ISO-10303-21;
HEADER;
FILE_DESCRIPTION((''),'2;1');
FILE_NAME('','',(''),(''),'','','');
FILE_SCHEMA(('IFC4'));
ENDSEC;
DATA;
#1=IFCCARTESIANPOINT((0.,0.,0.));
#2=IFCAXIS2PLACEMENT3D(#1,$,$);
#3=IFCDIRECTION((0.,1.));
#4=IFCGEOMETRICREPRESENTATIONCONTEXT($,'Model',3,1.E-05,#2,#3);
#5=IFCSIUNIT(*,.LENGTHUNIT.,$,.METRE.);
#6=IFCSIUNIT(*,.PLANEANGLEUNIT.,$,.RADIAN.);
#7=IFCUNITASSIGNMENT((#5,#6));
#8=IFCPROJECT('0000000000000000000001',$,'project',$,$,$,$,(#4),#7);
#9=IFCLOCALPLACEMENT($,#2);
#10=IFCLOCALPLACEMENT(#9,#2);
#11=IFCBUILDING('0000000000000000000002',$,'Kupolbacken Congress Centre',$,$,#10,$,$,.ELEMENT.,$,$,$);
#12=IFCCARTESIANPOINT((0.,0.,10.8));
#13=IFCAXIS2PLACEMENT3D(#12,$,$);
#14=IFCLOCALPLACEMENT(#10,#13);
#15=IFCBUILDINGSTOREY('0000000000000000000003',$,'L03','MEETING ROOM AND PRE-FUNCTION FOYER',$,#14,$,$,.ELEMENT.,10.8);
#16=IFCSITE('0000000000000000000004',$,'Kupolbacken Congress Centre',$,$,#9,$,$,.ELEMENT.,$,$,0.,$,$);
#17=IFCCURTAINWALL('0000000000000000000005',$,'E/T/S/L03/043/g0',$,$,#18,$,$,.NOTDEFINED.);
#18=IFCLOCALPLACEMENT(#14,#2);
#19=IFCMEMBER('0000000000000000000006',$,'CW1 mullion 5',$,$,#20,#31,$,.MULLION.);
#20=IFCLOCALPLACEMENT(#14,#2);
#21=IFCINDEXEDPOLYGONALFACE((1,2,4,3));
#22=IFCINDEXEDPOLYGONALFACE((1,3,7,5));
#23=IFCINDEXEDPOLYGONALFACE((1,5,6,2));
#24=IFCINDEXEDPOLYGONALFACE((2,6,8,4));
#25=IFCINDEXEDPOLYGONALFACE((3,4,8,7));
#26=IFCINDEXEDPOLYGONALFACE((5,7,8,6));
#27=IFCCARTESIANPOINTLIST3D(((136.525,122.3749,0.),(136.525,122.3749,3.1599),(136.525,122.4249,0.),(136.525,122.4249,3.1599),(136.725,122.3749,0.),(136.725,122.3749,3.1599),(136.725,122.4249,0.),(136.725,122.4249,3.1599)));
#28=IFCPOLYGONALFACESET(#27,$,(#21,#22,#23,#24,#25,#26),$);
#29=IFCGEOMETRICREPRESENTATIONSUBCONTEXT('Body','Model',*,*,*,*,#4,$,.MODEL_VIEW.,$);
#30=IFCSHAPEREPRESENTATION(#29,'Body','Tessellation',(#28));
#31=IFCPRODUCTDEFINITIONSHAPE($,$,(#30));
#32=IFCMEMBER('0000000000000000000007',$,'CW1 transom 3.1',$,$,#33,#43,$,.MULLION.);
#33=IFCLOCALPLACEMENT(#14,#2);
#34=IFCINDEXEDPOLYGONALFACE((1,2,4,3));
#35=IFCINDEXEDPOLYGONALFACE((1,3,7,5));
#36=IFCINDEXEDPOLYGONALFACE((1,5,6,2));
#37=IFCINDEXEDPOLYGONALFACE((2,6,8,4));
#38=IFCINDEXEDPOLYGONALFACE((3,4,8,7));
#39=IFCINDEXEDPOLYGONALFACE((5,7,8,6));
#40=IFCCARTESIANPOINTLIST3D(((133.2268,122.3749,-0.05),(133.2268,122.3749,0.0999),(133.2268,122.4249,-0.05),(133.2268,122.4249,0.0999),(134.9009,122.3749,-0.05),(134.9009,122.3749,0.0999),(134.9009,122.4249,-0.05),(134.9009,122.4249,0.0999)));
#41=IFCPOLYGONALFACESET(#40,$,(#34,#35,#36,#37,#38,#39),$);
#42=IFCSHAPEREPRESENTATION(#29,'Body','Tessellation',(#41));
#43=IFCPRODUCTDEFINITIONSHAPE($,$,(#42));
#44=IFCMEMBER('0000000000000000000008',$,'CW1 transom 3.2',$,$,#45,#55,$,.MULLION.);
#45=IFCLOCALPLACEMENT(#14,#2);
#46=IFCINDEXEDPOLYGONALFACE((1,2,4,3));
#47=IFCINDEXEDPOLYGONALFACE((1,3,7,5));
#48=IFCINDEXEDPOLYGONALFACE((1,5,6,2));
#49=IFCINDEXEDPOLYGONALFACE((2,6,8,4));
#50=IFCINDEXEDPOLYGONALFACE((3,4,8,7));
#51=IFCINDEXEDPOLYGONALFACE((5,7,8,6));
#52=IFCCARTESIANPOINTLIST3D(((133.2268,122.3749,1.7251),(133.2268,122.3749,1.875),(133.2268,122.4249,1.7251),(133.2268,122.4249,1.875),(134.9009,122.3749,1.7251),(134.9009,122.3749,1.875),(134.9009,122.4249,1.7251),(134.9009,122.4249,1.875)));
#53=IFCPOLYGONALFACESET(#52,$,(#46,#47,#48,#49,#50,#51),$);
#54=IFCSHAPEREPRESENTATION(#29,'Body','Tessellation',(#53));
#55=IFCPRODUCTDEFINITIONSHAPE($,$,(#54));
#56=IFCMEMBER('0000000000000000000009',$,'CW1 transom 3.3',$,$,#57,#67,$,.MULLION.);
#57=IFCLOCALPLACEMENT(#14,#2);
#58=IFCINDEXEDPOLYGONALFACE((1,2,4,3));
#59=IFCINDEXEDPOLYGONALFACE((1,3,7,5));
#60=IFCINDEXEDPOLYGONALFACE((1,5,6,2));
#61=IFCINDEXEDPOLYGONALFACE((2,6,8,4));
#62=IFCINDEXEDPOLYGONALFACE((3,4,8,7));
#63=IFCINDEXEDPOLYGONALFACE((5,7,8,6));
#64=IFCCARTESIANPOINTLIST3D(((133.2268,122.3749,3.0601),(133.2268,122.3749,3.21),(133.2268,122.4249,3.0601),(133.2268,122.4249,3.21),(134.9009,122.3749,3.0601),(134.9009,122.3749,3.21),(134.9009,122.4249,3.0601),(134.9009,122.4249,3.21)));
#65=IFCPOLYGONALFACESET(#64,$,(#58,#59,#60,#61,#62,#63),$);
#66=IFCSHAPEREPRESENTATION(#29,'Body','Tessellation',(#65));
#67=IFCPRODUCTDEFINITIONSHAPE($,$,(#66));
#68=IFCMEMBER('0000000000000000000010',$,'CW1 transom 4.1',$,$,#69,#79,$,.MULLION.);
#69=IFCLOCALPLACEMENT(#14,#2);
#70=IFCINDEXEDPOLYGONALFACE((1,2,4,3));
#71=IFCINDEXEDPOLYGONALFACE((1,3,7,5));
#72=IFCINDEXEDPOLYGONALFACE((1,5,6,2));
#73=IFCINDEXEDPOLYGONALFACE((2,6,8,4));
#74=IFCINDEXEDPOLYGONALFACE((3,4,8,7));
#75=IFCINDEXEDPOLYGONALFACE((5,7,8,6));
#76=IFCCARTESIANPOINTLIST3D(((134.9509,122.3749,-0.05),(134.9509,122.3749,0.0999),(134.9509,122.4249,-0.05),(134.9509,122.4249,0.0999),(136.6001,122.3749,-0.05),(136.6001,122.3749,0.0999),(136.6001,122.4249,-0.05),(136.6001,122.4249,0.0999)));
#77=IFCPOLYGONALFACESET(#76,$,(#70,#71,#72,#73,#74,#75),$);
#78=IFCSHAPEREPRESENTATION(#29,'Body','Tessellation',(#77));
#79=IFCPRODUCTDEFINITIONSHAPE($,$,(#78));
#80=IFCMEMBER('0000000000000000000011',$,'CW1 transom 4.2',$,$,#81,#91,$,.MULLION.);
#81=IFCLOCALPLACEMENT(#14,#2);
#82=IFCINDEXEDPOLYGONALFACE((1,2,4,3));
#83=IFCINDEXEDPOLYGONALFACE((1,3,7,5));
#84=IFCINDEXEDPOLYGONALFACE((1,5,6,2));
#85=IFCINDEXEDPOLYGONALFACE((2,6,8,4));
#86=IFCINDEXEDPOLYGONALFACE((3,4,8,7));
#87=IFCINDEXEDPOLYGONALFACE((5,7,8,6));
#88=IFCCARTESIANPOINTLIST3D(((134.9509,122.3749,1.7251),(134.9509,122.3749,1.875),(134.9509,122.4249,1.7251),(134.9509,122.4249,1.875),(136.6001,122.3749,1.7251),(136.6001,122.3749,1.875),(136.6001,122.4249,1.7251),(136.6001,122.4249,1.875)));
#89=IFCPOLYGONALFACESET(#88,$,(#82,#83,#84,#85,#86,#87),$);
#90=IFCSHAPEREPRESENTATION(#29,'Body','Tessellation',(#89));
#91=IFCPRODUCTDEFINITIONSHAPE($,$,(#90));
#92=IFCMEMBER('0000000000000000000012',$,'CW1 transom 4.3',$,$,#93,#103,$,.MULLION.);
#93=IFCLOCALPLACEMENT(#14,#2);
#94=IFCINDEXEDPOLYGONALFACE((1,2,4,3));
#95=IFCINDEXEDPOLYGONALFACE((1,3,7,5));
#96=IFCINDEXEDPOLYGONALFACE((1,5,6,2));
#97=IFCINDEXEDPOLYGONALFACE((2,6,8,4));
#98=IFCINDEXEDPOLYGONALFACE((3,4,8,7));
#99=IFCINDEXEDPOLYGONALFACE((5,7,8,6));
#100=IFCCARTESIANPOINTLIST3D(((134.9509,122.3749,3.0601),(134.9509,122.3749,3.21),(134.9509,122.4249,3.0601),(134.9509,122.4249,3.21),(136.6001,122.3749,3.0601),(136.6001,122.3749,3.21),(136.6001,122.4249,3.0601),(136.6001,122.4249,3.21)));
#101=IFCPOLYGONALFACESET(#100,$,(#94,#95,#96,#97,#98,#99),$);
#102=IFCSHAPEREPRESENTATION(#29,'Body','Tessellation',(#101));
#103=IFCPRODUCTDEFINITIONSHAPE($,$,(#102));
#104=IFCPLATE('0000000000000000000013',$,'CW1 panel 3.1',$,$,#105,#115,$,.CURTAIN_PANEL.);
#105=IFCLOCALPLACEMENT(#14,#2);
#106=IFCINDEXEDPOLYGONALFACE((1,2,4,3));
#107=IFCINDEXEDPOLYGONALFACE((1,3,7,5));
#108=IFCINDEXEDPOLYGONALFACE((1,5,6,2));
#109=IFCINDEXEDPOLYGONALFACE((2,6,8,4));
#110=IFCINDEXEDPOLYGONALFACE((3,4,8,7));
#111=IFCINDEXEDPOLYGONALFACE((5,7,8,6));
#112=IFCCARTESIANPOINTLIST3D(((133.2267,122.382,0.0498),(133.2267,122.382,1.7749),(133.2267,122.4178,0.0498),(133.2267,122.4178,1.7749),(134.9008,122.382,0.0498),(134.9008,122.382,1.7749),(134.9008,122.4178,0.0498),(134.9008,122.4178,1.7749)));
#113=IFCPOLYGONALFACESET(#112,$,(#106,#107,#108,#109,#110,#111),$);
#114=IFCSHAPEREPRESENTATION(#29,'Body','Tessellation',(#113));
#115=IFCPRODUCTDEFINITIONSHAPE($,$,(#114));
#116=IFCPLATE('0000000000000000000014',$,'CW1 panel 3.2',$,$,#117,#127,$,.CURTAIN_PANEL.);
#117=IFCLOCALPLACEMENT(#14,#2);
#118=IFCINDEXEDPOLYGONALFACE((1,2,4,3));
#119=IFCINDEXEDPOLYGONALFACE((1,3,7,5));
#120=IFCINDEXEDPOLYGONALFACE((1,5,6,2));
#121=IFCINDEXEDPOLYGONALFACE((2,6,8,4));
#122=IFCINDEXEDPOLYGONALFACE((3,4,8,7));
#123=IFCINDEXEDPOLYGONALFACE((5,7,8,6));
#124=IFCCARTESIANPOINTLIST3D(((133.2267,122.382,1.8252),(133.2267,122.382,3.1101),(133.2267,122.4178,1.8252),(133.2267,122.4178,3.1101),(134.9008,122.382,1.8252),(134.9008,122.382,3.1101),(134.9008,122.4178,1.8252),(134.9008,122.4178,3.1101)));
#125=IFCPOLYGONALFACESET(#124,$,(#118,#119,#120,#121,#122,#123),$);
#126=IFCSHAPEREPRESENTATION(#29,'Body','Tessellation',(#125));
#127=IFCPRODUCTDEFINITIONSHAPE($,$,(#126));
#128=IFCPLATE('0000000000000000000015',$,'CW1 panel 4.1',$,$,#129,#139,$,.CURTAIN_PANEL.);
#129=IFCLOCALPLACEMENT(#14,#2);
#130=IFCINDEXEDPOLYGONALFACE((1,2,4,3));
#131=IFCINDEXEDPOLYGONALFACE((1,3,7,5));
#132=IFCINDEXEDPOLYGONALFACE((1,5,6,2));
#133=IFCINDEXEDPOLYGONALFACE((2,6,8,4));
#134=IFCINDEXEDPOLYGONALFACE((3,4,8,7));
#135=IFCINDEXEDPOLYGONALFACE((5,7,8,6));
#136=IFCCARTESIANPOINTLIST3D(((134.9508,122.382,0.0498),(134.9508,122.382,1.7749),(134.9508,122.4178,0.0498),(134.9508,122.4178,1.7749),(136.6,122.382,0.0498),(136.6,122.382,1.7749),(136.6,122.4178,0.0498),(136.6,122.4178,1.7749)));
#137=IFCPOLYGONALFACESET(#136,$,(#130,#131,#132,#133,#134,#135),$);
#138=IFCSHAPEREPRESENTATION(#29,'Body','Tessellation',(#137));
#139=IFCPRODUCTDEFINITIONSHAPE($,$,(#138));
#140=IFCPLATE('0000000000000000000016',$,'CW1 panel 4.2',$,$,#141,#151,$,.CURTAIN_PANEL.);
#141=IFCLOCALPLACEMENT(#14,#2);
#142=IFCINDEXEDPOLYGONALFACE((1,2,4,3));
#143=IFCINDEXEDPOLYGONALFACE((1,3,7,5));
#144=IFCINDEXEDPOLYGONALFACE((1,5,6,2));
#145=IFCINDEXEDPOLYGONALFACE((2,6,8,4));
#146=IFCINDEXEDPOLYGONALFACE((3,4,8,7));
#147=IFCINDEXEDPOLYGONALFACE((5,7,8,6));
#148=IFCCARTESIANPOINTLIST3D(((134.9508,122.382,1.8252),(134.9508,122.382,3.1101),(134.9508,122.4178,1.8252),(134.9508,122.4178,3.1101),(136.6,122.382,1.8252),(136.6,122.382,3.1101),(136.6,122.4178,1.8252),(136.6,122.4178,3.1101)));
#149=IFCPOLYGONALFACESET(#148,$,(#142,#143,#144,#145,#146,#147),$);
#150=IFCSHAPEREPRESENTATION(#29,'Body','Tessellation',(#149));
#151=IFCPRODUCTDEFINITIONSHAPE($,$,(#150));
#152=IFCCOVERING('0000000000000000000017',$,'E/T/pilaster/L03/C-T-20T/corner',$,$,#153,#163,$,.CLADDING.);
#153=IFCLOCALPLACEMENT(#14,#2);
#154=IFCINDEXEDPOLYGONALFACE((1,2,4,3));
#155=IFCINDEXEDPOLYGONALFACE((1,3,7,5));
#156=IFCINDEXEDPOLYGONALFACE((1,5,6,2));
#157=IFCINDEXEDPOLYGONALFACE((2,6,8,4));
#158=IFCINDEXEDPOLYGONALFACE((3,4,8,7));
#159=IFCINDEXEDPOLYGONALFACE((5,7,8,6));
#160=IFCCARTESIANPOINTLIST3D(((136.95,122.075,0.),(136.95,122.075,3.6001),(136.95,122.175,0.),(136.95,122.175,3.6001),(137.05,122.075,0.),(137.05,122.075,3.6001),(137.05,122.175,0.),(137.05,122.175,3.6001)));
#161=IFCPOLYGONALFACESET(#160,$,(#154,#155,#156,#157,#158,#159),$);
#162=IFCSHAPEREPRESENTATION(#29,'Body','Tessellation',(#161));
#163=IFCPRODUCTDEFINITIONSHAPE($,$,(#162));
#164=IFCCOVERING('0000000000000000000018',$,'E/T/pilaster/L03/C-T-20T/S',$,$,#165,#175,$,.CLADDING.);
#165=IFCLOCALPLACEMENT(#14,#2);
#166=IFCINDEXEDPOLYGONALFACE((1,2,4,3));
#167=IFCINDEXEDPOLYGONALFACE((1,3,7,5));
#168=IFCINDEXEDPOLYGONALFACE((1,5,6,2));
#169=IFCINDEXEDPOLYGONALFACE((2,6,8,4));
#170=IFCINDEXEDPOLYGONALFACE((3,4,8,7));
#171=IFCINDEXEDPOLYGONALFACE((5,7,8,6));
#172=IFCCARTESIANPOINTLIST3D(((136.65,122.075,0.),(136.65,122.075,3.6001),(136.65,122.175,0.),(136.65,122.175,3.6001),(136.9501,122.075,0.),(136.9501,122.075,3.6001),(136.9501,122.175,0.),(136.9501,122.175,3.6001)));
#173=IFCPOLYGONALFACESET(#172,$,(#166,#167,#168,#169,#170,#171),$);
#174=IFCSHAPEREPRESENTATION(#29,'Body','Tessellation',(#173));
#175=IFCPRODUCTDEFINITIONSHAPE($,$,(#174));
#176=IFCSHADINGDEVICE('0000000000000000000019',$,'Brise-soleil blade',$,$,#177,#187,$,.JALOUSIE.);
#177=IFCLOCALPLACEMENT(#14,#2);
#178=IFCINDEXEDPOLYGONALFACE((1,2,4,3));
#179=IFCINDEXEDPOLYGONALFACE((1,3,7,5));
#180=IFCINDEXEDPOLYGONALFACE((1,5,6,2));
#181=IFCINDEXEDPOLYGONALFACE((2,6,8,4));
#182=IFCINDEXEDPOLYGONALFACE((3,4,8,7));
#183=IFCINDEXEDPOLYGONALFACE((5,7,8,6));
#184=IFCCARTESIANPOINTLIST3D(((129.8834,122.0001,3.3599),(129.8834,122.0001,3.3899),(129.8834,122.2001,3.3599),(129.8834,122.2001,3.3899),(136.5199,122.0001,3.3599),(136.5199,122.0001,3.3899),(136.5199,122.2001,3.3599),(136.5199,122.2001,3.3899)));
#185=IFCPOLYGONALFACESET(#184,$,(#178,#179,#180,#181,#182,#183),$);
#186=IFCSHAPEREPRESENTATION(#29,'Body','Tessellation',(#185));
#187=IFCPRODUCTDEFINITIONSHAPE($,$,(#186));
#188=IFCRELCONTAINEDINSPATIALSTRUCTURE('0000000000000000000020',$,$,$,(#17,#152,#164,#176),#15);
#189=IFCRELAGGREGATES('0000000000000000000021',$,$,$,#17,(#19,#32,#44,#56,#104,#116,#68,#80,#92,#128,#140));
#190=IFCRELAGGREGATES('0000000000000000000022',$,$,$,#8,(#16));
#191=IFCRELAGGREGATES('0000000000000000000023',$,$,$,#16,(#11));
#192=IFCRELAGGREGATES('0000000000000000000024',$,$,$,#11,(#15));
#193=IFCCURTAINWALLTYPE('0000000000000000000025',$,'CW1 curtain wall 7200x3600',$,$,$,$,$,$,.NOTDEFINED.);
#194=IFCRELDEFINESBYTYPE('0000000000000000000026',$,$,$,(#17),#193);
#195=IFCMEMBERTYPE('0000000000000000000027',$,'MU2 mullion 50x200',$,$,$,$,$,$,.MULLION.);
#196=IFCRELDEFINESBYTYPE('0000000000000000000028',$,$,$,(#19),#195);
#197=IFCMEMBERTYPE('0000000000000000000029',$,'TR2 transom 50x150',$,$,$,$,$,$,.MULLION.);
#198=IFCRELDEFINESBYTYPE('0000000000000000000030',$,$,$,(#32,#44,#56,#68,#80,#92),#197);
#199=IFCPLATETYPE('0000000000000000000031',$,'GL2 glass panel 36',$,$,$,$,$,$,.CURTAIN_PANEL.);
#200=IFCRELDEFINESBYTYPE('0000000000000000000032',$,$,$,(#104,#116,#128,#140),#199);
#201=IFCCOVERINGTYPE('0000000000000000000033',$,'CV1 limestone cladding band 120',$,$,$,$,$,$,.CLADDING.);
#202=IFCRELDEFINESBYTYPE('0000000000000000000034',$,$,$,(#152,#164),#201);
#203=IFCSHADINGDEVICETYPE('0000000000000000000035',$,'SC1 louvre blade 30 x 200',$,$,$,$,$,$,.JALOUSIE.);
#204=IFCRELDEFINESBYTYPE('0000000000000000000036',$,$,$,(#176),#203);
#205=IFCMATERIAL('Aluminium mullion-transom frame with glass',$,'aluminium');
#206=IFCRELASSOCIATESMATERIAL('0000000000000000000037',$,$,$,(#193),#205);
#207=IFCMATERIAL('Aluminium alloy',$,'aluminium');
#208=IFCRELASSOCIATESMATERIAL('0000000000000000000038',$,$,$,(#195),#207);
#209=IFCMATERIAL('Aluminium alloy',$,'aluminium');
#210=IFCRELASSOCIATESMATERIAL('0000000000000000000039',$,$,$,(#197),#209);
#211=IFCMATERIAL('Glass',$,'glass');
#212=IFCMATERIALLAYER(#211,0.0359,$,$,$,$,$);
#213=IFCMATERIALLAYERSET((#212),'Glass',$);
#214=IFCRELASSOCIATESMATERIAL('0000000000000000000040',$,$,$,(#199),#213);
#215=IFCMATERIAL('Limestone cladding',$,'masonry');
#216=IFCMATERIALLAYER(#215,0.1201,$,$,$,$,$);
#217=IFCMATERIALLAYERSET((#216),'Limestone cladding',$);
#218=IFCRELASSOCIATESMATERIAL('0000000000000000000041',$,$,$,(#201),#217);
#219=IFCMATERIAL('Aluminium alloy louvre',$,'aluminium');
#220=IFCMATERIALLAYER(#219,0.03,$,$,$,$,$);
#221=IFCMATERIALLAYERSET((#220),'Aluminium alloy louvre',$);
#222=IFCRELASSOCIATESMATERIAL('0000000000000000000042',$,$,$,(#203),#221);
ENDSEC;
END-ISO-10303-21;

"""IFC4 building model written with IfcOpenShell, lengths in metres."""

from ifc_helpers import new_model, si_unit, direction, frame, origin, origin_2d, place, context, subcontext, project, spatial, rectangle, extrude, material, layer, layer_set, material_profile, profile_set, type_object, element, aggregate, save


model = new_model("IFC4")

# Units and contexts
model_context = context("Model", 3, precision=1e-05, world=origin(), true_north=direction((0.0, 1.0)))
body_context = subcontext(model_context, "Body", "Model", "MODEL_VIEW")
ifc_project = project(units=[si_unit("LENGTHUNIT", "METRE"), si_unit("PLANEANGLEUNIT", "RADIAN")], contexts=[model_context])

# Site, building, storey
site_placement = place(None, origin())
site = spatial("IfcSite", under=ifc_project, at=site_placement, Name="Kupolbacken Congress Centre", CompositionType="ELEMENT", RefElevation=0.0)
building_placement = place(site_placement, origin())
building = spatial("IfcBuilding", under=site, at=building_placement, Name="Kupolbacken Congress Centre", CompositionType="ELEMENT")
storey_placement = place(building_placement, frame((0.0, 0.0, 10.8)))
storey = spatial("IfcBuildingStorey", under=building, at=storey_placement, Name="L03", Description="MEETING ROOM AND PRE-FUNCTION FOYER", CompositionType="ELEMENT", Elevation=10.8)

# Shared definitions
ifc_material_1 = material(Name="Aluminium mullion-transom frame with glass", Category="aluminium")
curtain_wall_type = type_object("IfcCurtainWallType", Name="CW1 curtain wall 7200x3600", PredefinedType="NOTDEFINED", material=ifc_material_1)
ifc_material_2 = material(Name="Aluminium alloy", Category="aluminium")
ifc_material_profile_1 = material_profile(ifc_material_2, rectangle(XDim=0.05, YDim=0.2, at=origin_2d()), Name="50 x 200")
ifc_profile_set_1 = profile_set([ifc_material_profile_1], Name="Aluminium alloy")
member_type_1 = type_object("IfcMemberType", Name="MU2 mullion 50x200", PredefinedType="MULLION", material=ifc_profile_set_1)

# Curtain wall, members, plates
curtain_wall_1_placement = place(storey_placement, origin())
curtain_wall_1 = element("IfcCurtainWall", 1, at=curtain_wall_1_placement, inside=storey, type_object=curtain_wall_type, Name="E/T/S/L03/043/g0", PredefinedType="NOTDEFINED")
member_1_placement = place(storey_placement, frame((136.625, 122.3999, 0.0), z_axis=(0.0, 0.0, 1.0), x_axis=(0.0, 1.0, 0.0)))
member_1 = element("IfcMember", 2, at=member_1_placement, type_object=member_type_1, Name="CW1 mullion 5", PredefinedType="MULLION", context=body_context, shape_type="SweptSolid", body=[
    extrude(rectangle(XDim=0.05, YDim=0.2, at=origin_2d()), origin(), (0.0, 0.0, 1.0), 3.1599),
])
ifc_material_3 = material(Name="Aluminium alloy", Category="aluminium")
ifc_material_profile_2 = material_profile(ifc_material_3, rectangle(XDim=0.05, YDim=0.1499, at=origin_2d()), Name="50 x 150")
ifc_profile_set_2 = profile_set([ifc_material_profile_2], Name="Aluminium alloy")
member_type_2 = type_object("IfcMemberType", Name="TR2 transom 50x150", PredefinedType="MULLION", material=ifc_profile_set_2)
member_2_placement = place(storey_placement, frame((133.2268, 122.3999, 0.0249), z_axis=(1.0, 0.0, 0.0), x_axis=(0.0, 1.0, 0.0)))
member_2 = element("IfcMember", 3, at=member_2_placement, type_object=member_type_2, Name="CW1 transom 3.1", PredefinedType="MULLION", context=body_context, shape_type="SweptSolid", body=[
    extrude(rectangle(XDim=0.05, YDim=0.1499, at=origin_2d()), origin(), (0.0, 0.0, 1.0), 1.6741),
])
member_3_placement = place(storey_placement, frame((133.2268, 122.3999, 1.8), z_axis=(1.0, 0.0, 0.0), x_axis=(0.0, 1.0, 0.0)))
member_3 = element("IfcMember", 4, at=member_3_placement, type_object=member_type_2, Name="CW1 transom 3.2", PredefinedType="MULLION", context=body_context, shape_type="SweptSolid", body=[
    extrude(rectangle(XDim=0.05, YDim=0.1499, at=origin_2d()), origin(), (0.0, 0.0, 1.0), 1.6741),
])
member_4_placement = place(storey_placement, frame((133.2268, 122.3999, 3.135), z_axis=(1.0, 0.0, 0.0), x_axis=(0.0, 1.0, 0.0)))
member_4 = element("IfcMember", 5, at=member_4_placement, type_object=member_type_2, Name="CW1 transom 3.3", PredefinedType="MULLION", context=body_context, shape_type="SweptSolid", body=[
    extrude(rectangle(XDim=0.05, YDim=0.1499, at=origin_2d()), origin(), (0.0, 0.0, 1.0), 1.6741),
])
member_5_placement = place(storey_placement, frame((134.9509, 122.3999, 0.0249), z_axis=(1.0, 0.0, 0.0), x_axis=(0.0, 1.0, 0.0)))
member_5 = element("IfcMember", 6, at=member_5_placement, type_object=member_type_2, Name="CW1 transom 4.1", PredefinedType="MULLION", context=body_context, shape_type="SweptSolid", body=[
    extrude(rectangle(XDim=0.05, YDim=0.1499, at=origin_2d()), origin(), (0.0, 0.0, 1.0), 1.6492),
])
member_6_placement = place(storey_placement, frame((134.9509, 122.3999, 1.8), z_axis=(1.0, 0.0, 0.0), x_axis=(0.0, 1.0, 0.0)))
member_6 = element("IfcMember", 7, at=member_6_placement, type_object=member_type_2, Name="CW1 transom 4.2", PredefinedType="MULLION", context=body_context, shape_type="SweptSolid", body=[
    extrude(rectangle(XDim=0.05, YDim=0.1499, at=origin_2d()), origin(), (0.0, 0.0, 1.0), 1.6492),
])
member_7_placement = place(storey_placement, frame((134.9509, 122.3999, 3.135), z_axis=(1.0, 0.0, 0.0), x_axis=(0.0, 1.0, 0.0)))
member_7 = element("IfcMember", 8, at=member_7_placement, type_object=member_type_2, Name="CW1 transom 4.3", PredefinedType="MULLION", context=body_context, shape_type="SweptSolid", body=[
    extrude(rectangle(XDim=0.05, YDim=0.1499, at=origin_2d()), origin(), (0.0, 0.0, 1.0), 1.6492),
])
ifc_material_4 = material(Name="Glass", Category="glass")
ifc_layer_1 = layer(ifc_material_4, 0.0359)
ifc_layer_set_1 = layer_set([ifc_layer_1], Name="Glass")
plate_type = type_object("IfcPlateType", Name="GL2 glass panel 36", PredefinedType="CURTAIN_PANEL", material=ifc_layer_set_1)
plate_1_placement = place(storey_placement, frame((134.0637, 122.3999, 0.0498), z_axis=(0.0, 0.0, 1.0), x_axis=(1.0, 0.0, 0.0)))
plate_1 = element("IfcPlate", 9, at=plate_1_placement, type_object=plate_type, Name="CW1 panel 3.1", PredefinedType="CURTAIN_PANEL", context=body_context, shape_type="SweptSolid", body=[
    extrude(rectangle(XDim=1.6741, YDim=0.0359, at=origin_2d()), origin(), (0.0, 0.0, 1.0), 1.7251),
])
plate_2_placement = place(storey_placement, frame((134.0637, 122.3999, 1.8252), z_axis=(0.0, 0.0, 1.0), x_axis=(1.0, 0.0, 0.0)))
plate_2 = element("IfcPlate", 10, at=plate_2_placement, type_object=plate_type, Name="CW1 panel 3.2", PredefinedType="CURTAIN_PANEL", context=body_context, shape_type="SweptSolid", body=[
    extrude(rectangle(XDim=1.6741, YDim=0.0359, at=origin_2d()), origin(), (0.0, 0.0, 1.0), 1.2849),
])
plate_3_placement = place(storey_placement, frame((135.7754, 122.3999, 0.0498), z_axis=(0.0, 0.0, 1.0), x_axis=(1.0, 0.0, 0.0)))
plate_3 = element("IfcPlate", 11, at=plate_3_placement, type_object=plate_type, Name="CW1 panel 4.1", PredefinedType="CURTAIN_PANEL", context=body_context, shape_type="SweptSolid", body=[
    extrude(rectangle(XDim=1.6492, YDim=0.0359, at=origin_2d()), origin(), (0.0, 0.0, 1.0), 1.7251),
])
plate_4_placement = place(storey_placement, frame((135.7754, 122.3999, 1.8252), z_axis=(0.0, 0.0, 1.0), x_axis=(1.0, 0.0, 0.0)))
plate_4 = element("IfcPlate", 12, at=plate_4_placement, type_object=plate_type, Name="CW1 panel 4.2", PredefinedType="CURTAIN_PANEL", context=body_context, shape_type="SweptSolid", body=[
    extrude(rectangle(XDim=1.6492, YDim=0.0359, at=origin_2d()), origin(), (0.0, 0.0, 1.0), 1.2849),
])
aggregate(curtain_wall_1, [member_1, member_2, member_3, member_4, plate_1, plate_2, member_5, member_6, member_7, plate_3, plate_4])

# Coverings
ifc_material_5 = material(Name="Limestone cladding", Category="masonry")
ifc_layer_2 = layer(ifc_material_5, 0.1201)
ifc_layer_set_2 = layer_set([ifc_layer_2], Name="Limestone cladding")
covering_type = type_object("IfcCoveringType", Name="CV1 limestone cladding band 120", PredefinedType="CLADDING", material=ifc_layer_set_2)
covering_1_placement = place(storey_placement, frame((137.0, 122.125, 0.0), z_axis=(0.0, 0.0, 1.0), x_axis=(1.0, 0.0, 0.0)))
element("IfcCovering", 13, at=covering_1_placement, inside=storey, type_object=covering_type, Name="E/T/pilaster/L03/C-T-20T/corner", PredefinedType="CLADDING", context=body_context, shape_type="SweptSolid", body=[
    extrude(rectangle(XDim=0.1001, YDim=0.1001, at=origin_2d()), origin(), (0.0, 0.0, 1.0), 3.6001),
])
covering_2_placement = place(storey_placement, frame((136.8, 122.125, 0.0), z_axis=(0.0, 0.0, 1.0), x_axis=(1.0, 0.0, 0.0)))
element("IfcCovering", 14, at=covering_2_placement, inside=storey, type_object=covering_type, Name="E/T/pilaster/L03/C-T-20T/S", PredefinedType="CLADDING", context=body_context, shape_type="SweptSolid", body=[
    extrude(rectangle(XDim=0.3, YDim=0.1001, at=origin_2d()), origin(), (0.0, 0.0, 1.0), 3.6001),
])

# Shading device
ifc_material_6 = material(Name="Aluminium alloy louvre", Category="aluminium")
ifc_layer_3 = layer(ifc_material_6, 0.03)
ifc_layer_set_3 = layer_set([ifc_layer_3], Name="Aluminium alloy louvre")
shading_device_type = type_object("IfcShadingDeviceType", Name="SC1 louvre blade 30 x 200", PredefinedType="JALOUSIE", material=ifc_layer_set_3)
shading_device_placement = place(storey_placement, frame((133.2017, 122.1001, 3.3599), z_axis=(0.0, 0.0, 1.0), x_axis=(1.0, 0.0, 0.0)))
element("IfcShadingDevice", 15, at=shading_device_placement, inside=storey, type_object=shading_device_type, Name="Brise-soleil blade", PredefinedType="JALOUSIE", context=body_context, shape_type="SweptSolid", body=[
    extrude(rectangle(XDim=6.6365, YDim=0.2, at=origin_2d()), origin(), (0.0, 0.0, 1.0), 0.03),
])

save(model, "model.ifc")
